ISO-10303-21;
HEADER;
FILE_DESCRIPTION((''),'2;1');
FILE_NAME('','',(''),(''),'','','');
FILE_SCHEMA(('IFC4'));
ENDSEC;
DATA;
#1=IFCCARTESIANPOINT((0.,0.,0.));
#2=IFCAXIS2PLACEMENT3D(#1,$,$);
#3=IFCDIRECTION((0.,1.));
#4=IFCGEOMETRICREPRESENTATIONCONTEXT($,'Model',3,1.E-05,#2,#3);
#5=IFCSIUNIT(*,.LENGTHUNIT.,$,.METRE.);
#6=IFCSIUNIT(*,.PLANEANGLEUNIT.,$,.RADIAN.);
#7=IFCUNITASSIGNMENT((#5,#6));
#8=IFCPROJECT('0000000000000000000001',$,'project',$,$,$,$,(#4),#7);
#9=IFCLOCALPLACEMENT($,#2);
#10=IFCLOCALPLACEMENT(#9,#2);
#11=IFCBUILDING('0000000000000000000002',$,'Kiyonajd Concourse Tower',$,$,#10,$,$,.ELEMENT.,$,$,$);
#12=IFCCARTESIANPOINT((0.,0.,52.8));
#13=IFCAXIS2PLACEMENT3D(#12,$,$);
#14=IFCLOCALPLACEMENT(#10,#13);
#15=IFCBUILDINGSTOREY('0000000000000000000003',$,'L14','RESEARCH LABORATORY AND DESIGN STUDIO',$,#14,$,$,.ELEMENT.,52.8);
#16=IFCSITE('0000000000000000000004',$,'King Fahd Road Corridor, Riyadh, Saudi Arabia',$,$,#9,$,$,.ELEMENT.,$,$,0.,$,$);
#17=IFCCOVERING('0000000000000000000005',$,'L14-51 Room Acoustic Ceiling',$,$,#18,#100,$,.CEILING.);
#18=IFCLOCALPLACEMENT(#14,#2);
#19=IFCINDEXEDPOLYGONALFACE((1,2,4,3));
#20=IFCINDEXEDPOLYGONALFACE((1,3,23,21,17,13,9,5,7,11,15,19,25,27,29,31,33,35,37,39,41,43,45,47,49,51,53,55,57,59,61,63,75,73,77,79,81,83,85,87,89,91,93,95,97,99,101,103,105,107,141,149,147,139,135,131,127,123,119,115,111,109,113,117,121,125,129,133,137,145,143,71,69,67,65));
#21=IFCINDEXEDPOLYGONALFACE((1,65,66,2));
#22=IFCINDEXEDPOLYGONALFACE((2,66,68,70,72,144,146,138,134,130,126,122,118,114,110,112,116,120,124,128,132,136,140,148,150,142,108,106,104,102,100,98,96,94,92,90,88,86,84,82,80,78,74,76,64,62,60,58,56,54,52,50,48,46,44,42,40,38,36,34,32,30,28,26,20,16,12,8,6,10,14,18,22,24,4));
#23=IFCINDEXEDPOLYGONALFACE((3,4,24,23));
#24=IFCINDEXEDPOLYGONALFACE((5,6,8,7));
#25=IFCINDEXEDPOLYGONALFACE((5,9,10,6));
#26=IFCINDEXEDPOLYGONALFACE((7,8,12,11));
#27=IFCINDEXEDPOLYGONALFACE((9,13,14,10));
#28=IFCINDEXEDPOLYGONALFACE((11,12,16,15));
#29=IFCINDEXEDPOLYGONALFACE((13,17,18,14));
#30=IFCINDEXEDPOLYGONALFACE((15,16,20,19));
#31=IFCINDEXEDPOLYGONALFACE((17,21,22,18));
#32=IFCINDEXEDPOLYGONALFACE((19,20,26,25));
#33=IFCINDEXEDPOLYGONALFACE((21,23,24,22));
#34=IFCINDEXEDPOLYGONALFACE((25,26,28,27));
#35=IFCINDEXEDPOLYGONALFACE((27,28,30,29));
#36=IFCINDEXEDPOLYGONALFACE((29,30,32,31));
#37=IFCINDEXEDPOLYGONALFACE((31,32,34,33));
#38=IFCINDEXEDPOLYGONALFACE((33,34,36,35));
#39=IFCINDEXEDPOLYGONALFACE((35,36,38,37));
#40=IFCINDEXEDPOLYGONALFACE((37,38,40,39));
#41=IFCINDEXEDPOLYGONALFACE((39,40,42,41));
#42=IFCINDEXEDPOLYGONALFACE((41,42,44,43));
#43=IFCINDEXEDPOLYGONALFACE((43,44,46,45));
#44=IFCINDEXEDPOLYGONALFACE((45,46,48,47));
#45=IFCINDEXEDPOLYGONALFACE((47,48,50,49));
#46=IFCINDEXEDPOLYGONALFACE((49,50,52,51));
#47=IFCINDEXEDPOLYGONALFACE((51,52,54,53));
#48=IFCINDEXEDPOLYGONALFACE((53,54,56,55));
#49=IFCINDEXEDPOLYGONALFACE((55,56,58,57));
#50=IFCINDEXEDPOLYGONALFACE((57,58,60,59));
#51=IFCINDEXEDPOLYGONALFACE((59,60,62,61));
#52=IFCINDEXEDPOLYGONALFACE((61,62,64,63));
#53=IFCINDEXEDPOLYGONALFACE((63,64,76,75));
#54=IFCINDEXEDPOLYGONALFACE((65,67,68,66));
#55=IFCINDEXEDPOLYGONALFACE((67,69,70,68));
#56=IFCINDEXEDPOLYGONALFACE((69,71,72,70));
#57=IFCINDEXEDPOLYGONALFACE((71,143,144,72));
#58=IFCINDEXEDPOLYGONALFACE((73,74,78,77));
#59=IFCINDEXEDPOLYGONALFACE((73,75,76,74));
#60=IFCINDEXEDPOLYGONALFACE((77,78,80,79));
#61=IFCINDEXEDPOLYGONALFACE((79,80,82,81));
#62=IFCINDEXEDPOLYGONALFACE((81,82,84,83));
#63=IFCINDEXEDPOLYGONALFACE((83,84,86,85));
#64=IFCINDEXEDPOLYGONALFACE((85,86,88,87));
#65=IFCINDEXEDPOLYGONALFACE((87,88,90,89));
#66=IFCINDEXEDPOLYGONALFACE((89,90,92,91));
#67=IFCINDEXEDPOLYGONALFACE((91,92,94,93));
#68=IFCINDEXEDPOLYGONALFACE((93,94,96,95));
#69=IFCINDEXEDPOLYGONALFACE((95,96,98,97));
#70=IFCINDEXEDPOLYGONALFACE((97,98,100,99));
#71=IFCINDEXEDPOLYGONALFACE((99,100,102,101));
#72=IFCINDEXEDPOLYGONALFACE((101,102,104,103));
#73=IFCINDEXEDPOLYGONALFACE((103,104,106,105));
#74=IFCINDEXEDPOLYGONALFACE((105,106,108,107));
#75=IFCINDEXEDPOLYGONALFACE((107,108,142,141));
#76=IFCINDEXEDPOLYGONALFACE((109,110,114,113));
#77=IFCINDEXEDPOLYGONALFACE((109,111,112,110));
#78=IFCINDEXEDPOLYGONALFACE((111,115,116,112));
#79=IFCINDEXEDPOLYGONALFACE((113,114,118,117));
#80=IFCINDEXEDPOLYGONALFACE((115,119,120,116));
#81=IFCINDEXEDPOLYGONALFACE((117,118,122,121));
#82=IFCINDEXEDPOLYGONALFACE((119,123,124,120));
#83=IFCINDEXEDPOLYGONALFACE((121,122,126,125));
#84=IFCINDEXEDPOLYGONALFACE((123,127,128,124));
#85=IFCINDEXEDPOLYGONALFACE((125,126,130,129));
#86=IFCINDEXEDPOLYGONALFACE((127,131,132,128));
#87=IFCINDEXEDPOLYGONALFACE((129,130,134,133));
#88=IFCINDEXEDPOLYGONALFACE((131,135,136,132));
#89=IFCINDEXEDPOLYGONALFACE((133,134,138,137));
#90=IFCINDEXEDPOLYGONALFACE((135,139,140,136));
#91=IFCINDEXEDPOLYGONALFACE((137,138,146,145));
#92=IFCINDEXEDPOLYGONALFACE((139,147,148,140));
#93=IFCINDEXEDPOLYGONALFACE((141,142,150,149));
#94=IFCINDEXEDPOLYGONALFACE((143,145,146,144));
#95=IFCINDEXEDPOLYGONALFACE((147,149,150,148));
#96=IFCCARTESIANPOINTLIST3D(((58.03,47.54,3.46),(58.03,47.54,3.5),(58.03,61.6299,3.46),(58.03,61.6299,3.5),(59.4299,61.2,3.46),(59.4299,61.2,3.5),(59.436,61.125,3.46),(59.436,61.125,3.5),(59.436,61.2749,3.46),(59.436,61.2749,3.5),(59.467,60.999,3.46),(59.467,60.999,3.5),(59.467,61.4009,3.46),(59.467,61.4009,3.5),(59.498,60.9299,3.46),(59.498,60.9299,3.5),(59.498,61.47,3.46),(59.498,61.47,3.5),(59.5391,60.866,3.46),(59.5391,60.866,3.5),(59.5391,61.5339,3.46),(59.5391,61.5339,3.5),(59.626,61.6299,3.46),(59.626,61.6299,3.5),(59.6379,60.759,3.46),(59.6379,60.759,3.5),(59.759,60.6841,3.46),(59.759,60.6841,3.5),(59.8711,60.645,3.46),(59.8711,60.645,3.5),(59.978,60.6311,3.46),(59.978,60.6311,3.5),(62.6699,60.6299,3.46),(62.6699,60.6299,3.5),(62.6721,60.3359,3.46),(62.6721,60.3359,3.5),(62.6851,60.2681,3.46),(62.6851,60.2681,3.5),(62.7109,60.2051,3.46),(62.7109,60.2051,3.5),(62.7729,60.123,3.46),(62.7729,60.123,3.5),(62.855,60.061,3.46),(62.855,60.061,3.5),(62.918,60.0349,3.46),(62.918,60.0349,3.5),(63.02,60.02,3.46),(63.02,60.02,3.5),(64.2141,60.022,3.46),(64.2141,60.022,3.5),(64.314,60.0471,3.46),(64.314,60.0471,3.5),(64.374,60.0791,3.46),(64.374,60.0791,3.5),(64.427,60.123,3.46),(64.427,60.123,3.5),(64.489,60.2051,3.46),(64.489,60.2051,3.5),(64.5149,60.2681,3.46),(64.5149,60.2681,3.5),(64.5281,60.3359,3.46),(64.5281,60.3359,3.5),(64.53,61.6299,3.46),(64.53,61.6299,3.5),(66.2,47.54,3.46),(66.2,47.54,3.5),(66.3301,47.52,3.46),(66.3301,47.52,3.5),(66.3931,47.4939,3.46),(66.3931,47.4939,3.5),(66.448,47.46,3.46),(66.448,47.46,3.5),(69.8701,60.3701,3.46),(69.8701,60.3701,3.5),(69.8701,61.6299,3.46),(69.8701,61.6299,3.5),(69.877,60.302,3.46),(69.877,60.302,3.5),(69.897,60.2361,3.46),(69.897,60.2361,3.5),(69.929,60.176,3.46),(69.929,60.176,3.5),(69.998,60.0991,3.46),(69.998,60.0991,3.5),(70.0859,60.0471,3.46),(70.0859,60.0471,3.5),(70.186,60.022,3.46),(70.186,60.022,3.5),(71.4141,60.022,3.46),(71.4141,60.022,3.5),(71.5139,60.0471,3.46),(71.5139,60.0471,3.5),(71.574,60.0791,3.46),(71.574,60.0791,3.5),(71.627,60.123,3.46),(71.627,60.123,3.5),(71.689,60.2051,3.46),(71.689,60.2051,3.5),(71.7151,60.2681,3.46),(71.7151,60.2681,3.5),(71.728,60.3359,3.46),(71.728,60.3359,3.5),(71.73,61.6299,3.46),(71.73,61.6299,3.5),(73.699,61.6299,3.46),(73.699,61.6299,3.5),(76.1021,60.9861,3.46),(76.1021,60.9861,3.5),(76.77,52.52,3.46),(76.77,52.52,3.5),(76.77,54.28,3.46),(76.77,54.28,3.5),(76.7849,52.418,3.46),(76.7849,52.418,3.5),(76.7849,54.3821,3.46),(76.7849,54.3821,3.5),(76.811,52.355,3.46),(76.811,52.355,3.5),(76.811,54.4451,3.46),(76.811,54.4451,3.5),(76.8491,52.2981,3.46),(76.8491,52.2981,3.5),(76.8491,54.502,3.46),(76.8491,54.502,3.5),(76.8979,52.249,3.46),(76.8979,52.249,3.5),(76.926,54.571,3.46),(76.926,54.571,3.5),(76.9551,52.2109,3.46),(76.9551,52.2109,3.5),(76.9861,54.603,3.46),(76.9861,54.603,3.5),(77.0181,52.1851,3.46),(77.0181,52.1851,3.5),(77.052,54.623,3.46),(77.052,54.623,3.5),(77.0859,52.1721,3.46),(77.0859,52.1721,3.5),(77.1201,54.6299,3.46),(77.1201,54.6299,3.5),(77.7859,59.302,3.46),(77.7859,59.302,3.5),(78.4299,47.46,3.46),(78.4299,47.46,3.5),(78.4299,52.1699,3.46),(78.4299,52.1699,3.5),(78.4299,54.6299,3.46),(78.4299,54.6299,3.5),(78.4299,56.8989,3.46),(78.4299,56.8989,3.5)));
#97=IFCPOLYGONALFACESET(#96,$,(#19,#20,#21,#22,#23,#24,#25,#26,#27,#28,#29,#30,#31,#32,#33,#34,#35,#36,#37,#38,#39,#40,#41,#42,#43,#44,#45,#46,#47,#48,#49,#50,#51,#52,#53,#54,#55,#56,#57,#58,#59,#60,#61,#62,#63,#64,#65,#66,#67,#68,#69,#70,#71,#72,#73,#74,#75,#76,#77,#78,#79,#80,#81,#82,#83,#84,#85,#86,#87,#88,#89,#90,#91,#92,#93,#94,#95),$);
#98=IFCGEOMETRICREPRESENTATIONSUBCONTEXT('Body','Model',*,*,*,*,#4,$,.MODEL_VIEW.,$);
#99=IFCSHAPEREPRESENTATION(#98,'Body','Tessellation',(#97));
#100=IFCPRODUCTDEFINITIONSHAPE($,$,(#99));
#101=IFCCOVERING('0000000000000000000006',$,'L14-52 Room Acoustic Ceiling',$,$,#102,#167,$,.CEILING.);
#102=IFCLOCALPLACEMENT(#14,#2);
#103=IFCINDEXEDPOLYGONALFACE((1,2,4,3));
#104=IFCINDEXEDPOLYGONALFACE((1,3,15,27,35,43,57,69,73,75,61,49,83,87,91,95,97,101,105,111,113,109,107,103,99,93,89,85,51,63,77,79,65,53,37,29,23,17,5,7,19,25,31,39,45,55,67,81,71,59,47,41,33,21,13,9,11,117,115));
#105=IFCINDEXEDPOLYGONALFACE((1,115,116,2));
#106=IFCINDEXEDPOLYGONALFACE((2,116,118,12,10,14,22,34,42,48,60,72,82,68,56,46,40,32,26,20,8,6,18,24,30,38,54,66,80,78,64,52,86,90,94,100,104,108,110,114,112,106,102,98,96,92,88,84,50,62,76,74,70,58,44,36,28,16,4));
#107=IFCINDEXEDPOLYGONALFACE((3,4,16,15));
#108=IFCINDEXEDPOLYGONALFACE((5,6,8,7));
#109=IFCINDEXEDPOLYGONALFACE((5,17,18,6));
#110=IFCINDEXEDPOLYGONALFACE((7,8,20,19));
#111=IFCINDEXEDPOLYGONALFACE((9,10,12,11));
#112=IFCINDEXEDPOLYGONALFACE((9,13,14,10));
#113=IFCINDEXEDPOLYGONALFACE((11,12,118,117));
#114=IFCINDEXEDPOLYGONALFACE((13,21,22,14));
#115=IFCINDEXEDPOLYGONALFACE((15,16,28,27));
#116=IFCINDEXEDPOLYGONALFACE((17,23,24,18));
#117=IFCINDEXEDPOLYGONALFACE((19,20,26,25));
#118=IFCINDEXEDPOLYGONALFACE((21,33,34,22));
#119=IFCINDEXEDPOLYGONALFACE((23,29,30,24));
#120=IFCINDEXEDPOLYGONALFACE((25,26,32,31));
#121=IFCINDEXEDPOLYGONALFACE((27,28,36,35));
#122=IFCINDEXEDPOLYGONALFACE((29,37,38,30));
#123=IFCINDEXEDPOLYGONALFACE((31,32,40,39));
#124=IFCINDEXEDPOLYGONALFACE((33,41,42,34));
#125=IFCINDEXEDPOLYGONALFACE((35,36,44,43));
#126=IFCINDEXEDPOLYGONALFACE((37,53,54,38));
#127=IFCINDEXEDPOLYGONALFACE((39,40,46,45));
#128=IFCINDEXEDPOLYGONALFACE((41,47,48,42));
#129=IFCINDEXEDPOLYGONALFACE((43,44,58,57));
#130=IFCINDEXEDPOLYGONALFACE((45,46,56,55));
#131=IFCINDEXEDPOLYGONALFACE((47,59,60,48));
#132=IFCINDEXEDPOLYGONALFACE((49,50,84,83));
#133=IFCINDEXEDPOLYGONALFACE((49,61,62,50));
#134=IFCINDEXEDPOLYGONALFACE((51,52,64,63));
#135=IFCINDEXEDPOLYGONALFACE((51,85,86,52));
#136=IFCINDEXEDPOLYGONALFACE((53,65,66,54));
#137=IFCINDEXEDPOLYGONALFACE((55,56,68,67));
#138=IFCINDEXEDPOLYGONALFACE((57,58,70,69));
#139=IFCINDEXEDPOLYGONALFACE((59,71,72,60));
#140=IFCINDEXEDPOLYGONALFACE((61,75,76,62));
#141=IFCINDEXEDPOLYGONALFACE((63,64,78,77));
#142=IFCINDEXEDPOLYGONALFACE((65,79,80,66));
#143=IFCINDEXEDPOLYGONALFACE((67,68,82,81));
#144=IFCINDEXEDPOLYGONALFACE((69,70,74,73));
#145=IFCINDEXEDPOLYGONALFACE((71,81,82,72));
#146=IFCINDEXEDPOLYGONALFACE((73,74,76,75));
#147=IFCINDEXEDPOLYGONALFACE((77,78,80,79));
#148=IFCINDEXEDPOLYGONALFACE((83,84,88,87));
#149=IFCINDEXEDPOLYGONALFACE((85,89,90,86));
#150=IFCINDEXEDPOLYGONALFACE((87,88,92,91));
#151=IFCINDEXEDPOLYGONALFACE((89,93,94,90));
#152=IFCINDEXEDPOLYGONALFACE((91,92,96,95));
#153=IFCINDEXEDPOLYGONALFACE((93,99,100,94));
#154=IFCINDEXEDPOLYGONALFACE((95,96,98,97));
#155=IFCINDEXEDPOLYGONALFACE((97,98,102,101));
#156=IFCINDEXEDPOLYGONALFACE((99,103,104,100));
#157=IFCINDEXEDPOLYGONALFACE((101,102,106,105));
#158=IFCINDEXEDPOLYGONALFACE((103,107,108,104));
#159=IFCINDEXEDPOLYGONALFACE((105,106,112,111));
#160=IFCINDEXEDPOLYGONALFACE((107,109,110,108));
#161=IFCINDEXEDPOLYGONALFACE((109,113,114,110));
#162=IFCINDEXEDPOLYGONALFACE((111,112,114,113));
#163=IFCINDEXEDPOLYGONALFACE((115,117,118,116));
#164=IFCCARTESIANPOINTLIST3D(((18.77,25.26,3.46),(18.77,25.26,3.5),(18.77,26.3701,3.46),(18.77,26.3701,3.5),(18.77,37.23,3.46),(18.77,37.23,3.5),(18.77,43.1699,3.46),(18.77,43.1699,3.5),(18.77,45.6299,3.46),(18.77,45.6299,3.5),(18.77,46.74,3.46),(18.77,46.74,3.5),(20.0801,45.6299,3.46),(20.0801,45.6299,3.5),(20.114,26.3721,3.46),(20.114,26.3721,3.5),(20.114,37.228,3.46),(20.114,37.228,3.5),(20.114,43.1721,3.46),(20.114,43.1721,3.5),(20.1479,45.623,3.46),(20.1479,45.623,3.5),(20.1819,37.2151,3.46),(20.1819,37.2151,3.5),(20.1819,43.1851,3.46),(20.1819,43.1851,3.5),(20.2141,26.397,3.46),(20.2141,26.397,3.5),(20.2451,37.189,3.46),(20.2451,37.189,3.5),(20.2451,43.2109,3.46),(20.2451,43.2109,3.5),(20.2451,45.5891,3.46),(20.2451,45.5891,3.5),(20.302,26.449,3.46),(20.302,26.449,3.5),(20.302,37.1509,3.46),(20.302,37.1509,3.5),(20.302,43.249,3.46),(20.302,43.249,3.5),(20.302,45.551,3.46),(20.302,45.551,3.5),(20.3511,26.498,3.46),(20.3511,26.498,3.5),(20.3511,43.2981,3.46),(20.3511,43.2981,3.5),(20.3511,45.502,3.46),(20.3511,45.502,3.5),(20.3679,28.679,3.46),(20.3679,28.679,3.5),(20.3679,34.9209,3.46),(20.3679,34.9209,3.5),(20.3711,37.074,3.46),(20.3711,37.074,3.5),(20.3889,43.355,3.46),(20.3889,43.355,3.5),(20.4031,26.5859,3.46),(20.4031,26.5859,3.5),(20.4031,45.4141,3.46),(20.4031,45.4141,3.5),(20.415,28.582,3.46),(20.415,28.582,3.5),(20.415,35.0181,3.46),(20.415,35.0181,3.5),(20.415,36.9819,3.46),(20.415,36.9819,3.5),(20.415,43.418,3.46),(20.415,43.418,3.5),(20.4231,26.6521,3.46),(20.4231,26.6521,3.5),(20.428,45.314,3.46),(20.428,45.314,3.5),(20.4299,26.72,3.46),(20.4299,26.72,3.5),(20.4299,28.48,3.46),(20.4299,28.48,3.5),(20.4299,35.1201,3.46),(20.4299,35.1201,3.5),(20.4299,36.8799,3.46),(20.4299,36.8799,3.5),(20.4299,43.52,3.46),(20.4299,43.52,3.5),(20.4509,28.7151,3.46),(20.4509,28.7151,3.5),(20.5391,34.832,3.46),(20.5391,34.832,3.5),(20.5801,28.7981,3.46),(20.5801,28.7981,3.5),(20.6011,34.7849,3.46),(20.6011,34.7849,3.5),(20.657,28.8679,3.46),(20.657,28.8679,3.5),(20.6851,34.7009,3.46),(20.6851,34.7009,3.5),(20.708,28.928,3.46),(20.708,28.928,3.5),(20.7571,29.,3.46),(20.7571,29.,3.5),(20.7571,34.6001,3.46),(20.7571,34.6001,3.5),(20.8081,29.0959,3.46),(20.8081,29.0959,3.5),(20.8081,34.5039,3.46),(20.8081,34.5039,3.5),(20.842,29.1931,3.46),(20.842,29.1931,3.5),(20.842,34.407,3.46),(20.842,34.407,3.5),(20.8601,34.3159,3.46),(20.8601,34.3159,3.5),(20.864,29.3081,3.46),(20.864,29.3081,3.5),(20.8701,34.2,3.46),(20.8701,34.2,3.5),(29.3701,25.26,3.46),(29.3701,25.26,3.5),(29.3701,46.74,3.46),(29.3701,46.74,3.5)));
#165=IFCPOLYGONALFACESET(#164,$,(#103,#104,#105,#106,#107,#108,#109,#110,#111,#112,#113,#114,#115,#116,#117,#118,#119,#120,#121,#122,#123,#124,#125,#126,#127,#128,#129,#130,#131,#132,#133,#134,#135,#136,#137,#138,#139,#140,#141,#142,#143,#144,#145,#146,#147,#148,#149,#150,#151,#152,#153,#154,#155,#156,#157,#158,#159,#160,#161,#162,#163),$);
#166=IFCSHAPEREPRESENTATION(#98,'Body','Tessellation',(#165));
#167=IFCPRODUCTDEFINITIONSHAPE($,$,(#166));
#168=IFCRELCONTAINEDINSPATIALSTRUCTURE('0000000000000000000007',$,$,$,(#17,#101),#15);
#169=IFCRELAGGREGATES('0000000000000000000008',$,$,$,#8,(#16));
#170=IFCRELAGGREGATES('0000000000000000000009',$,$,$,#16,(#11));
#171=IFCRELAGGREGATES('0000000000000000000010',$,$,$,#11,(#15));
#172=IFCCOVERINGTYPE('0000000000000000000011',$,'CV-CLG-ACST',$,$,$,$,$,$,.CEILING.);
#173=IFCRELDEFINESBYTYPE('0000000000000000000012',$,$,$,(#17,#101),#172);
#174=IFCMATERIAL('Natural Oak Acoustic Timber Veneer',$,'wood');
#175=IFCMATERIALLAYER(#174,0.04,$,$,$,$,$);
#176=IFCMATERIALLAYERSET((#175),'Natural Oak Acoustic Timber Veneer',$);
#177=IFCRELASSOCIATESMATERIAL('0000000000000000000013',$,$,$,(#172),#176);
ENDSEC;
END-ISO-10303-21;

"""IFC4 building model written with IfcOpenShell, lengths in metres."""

from ifc_helpers import new_model, si_unit, direction, frame, origin, place, context, subcontext, project, spatial, polyline, outline, extrude, material, layer, layer_set, type_object, element, save


model = new_model("IFC4")

# Units and contexts
model_context = context("Model", 3, precision=1e-05, world=origin(), true_north=direction((0.0, 1.0)))
body_context = subcontext(model_context, "Body", "Model", "MODEL_VIEW")
ifc_project = project(units=[si_unit("LENGTHUNIT", "METRE"), si_unit("PLANEANGLEUNIT", "RADIAN")], contexts=[model_context])

# Site, building, storey
site_placement = place(None, origin())
site = spatial("IfcSite", under=ifc_project, at=site_placement, Name="King Fahd Road Corridor, Riyadh, Saudi Arabia", CompositionType="ELEMENT", RefElevation=0.0)
building_placement = place(site_placement, origin())
building = spatial("IfcBuilding", under=site, at=building_placement, Name="Kiyonajd Concourse Tower", CompositionType="ELEMENT")
storey_placement = place(building_placement, frame((0.0, 0.0, 52.8)))
storey = spatial("IfcBuildingStorey", under=building, at=storey_placement, Name="L14", Description="RESEARCH LABORATORY AND DESIGN STUDIO", CompositionType="ELEMENT", Elevation=52.8)

# Coverings
ifc_material_1 = material(Name="Natural Oak Acoustic Timber Veneer", Category="wood")
ifc_layer_1 = layer(ifc_material_1, 0.04)
ifc_layer_set_1 = layer_set([ifc_layer_1], Name="Natural Oak Acoustic Timber Veneer")
covering_type = type_object("IfcCoveringType", Name="CV-CLG-ACST", PredefinedType="CEILING", material=ifc_layer_set_1)
covering_1_placement = place(storey_placement, frame((0.0, 0.0, 3.46)))
element("IfcCovering", 1, at=covering_1_placement, inside=storey, type_object=covering_type, Name="L14-51 Room Acoustic Ceiling", PredefinedType="CEILING", context=body_context, shape_type="SweptSolid", body=[
    extrude(outline(polyline([(58.03, 47.54), (58.03, 61.6299), (59.626, 61.6299), (59.5391, 61.5339), (59.498, 61.47), (59.467, 61.4009), (59.436, 61.2749), (59.4299, 61.2), (59.436, 61.125), (59.467, 60.999), (59.498, 60.9299), (59.5391, 60.866), (59.6379, 60.759), (59.759, 60.6841), (59.8711, 60.645), (59.978, 60.6311), (62.6699, 60.6299), (62.6721, 60.3359), (62.6851, 60.2681), (62.7109, 60.2051), (62.7729, 60.123), (62.855, 60.061), (62.918, 60.0349), (63.02, 60.02), (64.2141, 60.022), (64.314, 60.0471), (64.374, 60.0791), (64.427, 60.123), (64.489, 60.2051), (64.5149, 60.2681), (64.5281, 60.3359), (64.53, 61.6299), (69.8701, 61.6299), (69.8701, 60.3701), (69.877, 60.302), (69.897, 60.2361), (69.929, 60.176), (69.998, 60.0991), (70.0859, 60.0471), (70.186, 60.022), (71.4141, 60.022), (71.5139, 60.0471), (71.574, 60.0791), (71.627, 60.123), (71.689, 60.2051), (71.7151, 60.2681), (71.728, 60.3359), (71.73, 61.6299), (73.699, 61.6299), (76.1021, 60.9861), (77.7859, 59.302), (78.4299, 56.8989), (78.4299, 54.6299), (77.1201, 54.6299), (77.052, 54.623), (76.9861, 54.603), (76.926, 54.571), (76.8491, 54.502), (76.811, 54.4451), (76.7849, 54.3821), (76.77, 54.28), (76.77, 52.52), (76.7849, 52.418), (76.811, 52.355), (76.8491, 52.2981), (76.8979, 52.249), (76.9551, 52.2109), (77.0181, 52.1851), (77.0859, 52.1721), (78.4299, 52.1699), (78.4299, 47.46), (66.448, 47.46), (66.3931, 47.4939), (66.3301, 47.52), (66.2, 47.54), (58.03, 47.54)])), origin(), (0.0, 0.0, 1.0), 0.04),
])
covering_2_placement = place(storey_placement, frame((0.0, 0.0, 3.46)))
element("IfcCovering", 2, at=covering_2_placement, inside=storey, type_object=covering_type, Name="L14-52 Room Acoustic Ceiling", PredefinedType="CEILING", context=body_context, shape_type="SweptSolid", body=[
    extrude(outline(polyline([(20.3679, 28.679), (20.4509, 28.7151), (20.5801, 28.7981), (20.657, 28.8679), (20.708, 28.928), (20.7571, 29.0), (20.8081, 29.0959), (20.842, 29.1931), (20.864, 29.3081), (20.8701, 34.2), (20.8601, 34.3159), (20.842, 34.407), (20.8081, 34.5039), (20.7571, 34.6001), (20.6851, 34.7009), (20.6011, 34.7849), (20.5391, 34.832), (20.3679, 34.9209), (20.415, 35.0181), (20.4299, 35.1201), (20.4299, 36.8799), (20.415, 36.9819), (20.3711, 37.074), (20.302, 37.1509), (20.2451, 37.189), (20.1819, 37.2151), (20.114, 37.228), (18.77, 37.23), (18.77, 43.1699), (20.114, 43.1721), (20.1819, 43.1851), (20.2451, 43.2109), (20.302, 43.249), (20.3511, 43.2981), (20.3889, 43.355), (20.415, 43.418), (20.4299, 43.52), (20.428, 45.314), (20.4031, 45.4141), (20.3511, 45.502), (20.302, 45.551), (20.2451, 45.5891), (20.1479, 45.623), (20.0801, 45.6299), (18.77, 45.6299), (18.77, 46.74), (29.3701, 46.74), (29.3701, 25.26), (18.77, 25.26), (18.77, 26.3701), (20.114, 26.3721), (20.2141, 26.397), (20.302, 26.449), (20.3511, 26.498), (20.4031, 26.5859), (20.4231, 26.6521), (20.4299, 26.72), (20.4299, 28.48), (20.415, 28.582), (20.3679, 28.679)])), origin(), (0.0, 0.0, 1.0), 0.04),
])

save(model, "model.ifc")
